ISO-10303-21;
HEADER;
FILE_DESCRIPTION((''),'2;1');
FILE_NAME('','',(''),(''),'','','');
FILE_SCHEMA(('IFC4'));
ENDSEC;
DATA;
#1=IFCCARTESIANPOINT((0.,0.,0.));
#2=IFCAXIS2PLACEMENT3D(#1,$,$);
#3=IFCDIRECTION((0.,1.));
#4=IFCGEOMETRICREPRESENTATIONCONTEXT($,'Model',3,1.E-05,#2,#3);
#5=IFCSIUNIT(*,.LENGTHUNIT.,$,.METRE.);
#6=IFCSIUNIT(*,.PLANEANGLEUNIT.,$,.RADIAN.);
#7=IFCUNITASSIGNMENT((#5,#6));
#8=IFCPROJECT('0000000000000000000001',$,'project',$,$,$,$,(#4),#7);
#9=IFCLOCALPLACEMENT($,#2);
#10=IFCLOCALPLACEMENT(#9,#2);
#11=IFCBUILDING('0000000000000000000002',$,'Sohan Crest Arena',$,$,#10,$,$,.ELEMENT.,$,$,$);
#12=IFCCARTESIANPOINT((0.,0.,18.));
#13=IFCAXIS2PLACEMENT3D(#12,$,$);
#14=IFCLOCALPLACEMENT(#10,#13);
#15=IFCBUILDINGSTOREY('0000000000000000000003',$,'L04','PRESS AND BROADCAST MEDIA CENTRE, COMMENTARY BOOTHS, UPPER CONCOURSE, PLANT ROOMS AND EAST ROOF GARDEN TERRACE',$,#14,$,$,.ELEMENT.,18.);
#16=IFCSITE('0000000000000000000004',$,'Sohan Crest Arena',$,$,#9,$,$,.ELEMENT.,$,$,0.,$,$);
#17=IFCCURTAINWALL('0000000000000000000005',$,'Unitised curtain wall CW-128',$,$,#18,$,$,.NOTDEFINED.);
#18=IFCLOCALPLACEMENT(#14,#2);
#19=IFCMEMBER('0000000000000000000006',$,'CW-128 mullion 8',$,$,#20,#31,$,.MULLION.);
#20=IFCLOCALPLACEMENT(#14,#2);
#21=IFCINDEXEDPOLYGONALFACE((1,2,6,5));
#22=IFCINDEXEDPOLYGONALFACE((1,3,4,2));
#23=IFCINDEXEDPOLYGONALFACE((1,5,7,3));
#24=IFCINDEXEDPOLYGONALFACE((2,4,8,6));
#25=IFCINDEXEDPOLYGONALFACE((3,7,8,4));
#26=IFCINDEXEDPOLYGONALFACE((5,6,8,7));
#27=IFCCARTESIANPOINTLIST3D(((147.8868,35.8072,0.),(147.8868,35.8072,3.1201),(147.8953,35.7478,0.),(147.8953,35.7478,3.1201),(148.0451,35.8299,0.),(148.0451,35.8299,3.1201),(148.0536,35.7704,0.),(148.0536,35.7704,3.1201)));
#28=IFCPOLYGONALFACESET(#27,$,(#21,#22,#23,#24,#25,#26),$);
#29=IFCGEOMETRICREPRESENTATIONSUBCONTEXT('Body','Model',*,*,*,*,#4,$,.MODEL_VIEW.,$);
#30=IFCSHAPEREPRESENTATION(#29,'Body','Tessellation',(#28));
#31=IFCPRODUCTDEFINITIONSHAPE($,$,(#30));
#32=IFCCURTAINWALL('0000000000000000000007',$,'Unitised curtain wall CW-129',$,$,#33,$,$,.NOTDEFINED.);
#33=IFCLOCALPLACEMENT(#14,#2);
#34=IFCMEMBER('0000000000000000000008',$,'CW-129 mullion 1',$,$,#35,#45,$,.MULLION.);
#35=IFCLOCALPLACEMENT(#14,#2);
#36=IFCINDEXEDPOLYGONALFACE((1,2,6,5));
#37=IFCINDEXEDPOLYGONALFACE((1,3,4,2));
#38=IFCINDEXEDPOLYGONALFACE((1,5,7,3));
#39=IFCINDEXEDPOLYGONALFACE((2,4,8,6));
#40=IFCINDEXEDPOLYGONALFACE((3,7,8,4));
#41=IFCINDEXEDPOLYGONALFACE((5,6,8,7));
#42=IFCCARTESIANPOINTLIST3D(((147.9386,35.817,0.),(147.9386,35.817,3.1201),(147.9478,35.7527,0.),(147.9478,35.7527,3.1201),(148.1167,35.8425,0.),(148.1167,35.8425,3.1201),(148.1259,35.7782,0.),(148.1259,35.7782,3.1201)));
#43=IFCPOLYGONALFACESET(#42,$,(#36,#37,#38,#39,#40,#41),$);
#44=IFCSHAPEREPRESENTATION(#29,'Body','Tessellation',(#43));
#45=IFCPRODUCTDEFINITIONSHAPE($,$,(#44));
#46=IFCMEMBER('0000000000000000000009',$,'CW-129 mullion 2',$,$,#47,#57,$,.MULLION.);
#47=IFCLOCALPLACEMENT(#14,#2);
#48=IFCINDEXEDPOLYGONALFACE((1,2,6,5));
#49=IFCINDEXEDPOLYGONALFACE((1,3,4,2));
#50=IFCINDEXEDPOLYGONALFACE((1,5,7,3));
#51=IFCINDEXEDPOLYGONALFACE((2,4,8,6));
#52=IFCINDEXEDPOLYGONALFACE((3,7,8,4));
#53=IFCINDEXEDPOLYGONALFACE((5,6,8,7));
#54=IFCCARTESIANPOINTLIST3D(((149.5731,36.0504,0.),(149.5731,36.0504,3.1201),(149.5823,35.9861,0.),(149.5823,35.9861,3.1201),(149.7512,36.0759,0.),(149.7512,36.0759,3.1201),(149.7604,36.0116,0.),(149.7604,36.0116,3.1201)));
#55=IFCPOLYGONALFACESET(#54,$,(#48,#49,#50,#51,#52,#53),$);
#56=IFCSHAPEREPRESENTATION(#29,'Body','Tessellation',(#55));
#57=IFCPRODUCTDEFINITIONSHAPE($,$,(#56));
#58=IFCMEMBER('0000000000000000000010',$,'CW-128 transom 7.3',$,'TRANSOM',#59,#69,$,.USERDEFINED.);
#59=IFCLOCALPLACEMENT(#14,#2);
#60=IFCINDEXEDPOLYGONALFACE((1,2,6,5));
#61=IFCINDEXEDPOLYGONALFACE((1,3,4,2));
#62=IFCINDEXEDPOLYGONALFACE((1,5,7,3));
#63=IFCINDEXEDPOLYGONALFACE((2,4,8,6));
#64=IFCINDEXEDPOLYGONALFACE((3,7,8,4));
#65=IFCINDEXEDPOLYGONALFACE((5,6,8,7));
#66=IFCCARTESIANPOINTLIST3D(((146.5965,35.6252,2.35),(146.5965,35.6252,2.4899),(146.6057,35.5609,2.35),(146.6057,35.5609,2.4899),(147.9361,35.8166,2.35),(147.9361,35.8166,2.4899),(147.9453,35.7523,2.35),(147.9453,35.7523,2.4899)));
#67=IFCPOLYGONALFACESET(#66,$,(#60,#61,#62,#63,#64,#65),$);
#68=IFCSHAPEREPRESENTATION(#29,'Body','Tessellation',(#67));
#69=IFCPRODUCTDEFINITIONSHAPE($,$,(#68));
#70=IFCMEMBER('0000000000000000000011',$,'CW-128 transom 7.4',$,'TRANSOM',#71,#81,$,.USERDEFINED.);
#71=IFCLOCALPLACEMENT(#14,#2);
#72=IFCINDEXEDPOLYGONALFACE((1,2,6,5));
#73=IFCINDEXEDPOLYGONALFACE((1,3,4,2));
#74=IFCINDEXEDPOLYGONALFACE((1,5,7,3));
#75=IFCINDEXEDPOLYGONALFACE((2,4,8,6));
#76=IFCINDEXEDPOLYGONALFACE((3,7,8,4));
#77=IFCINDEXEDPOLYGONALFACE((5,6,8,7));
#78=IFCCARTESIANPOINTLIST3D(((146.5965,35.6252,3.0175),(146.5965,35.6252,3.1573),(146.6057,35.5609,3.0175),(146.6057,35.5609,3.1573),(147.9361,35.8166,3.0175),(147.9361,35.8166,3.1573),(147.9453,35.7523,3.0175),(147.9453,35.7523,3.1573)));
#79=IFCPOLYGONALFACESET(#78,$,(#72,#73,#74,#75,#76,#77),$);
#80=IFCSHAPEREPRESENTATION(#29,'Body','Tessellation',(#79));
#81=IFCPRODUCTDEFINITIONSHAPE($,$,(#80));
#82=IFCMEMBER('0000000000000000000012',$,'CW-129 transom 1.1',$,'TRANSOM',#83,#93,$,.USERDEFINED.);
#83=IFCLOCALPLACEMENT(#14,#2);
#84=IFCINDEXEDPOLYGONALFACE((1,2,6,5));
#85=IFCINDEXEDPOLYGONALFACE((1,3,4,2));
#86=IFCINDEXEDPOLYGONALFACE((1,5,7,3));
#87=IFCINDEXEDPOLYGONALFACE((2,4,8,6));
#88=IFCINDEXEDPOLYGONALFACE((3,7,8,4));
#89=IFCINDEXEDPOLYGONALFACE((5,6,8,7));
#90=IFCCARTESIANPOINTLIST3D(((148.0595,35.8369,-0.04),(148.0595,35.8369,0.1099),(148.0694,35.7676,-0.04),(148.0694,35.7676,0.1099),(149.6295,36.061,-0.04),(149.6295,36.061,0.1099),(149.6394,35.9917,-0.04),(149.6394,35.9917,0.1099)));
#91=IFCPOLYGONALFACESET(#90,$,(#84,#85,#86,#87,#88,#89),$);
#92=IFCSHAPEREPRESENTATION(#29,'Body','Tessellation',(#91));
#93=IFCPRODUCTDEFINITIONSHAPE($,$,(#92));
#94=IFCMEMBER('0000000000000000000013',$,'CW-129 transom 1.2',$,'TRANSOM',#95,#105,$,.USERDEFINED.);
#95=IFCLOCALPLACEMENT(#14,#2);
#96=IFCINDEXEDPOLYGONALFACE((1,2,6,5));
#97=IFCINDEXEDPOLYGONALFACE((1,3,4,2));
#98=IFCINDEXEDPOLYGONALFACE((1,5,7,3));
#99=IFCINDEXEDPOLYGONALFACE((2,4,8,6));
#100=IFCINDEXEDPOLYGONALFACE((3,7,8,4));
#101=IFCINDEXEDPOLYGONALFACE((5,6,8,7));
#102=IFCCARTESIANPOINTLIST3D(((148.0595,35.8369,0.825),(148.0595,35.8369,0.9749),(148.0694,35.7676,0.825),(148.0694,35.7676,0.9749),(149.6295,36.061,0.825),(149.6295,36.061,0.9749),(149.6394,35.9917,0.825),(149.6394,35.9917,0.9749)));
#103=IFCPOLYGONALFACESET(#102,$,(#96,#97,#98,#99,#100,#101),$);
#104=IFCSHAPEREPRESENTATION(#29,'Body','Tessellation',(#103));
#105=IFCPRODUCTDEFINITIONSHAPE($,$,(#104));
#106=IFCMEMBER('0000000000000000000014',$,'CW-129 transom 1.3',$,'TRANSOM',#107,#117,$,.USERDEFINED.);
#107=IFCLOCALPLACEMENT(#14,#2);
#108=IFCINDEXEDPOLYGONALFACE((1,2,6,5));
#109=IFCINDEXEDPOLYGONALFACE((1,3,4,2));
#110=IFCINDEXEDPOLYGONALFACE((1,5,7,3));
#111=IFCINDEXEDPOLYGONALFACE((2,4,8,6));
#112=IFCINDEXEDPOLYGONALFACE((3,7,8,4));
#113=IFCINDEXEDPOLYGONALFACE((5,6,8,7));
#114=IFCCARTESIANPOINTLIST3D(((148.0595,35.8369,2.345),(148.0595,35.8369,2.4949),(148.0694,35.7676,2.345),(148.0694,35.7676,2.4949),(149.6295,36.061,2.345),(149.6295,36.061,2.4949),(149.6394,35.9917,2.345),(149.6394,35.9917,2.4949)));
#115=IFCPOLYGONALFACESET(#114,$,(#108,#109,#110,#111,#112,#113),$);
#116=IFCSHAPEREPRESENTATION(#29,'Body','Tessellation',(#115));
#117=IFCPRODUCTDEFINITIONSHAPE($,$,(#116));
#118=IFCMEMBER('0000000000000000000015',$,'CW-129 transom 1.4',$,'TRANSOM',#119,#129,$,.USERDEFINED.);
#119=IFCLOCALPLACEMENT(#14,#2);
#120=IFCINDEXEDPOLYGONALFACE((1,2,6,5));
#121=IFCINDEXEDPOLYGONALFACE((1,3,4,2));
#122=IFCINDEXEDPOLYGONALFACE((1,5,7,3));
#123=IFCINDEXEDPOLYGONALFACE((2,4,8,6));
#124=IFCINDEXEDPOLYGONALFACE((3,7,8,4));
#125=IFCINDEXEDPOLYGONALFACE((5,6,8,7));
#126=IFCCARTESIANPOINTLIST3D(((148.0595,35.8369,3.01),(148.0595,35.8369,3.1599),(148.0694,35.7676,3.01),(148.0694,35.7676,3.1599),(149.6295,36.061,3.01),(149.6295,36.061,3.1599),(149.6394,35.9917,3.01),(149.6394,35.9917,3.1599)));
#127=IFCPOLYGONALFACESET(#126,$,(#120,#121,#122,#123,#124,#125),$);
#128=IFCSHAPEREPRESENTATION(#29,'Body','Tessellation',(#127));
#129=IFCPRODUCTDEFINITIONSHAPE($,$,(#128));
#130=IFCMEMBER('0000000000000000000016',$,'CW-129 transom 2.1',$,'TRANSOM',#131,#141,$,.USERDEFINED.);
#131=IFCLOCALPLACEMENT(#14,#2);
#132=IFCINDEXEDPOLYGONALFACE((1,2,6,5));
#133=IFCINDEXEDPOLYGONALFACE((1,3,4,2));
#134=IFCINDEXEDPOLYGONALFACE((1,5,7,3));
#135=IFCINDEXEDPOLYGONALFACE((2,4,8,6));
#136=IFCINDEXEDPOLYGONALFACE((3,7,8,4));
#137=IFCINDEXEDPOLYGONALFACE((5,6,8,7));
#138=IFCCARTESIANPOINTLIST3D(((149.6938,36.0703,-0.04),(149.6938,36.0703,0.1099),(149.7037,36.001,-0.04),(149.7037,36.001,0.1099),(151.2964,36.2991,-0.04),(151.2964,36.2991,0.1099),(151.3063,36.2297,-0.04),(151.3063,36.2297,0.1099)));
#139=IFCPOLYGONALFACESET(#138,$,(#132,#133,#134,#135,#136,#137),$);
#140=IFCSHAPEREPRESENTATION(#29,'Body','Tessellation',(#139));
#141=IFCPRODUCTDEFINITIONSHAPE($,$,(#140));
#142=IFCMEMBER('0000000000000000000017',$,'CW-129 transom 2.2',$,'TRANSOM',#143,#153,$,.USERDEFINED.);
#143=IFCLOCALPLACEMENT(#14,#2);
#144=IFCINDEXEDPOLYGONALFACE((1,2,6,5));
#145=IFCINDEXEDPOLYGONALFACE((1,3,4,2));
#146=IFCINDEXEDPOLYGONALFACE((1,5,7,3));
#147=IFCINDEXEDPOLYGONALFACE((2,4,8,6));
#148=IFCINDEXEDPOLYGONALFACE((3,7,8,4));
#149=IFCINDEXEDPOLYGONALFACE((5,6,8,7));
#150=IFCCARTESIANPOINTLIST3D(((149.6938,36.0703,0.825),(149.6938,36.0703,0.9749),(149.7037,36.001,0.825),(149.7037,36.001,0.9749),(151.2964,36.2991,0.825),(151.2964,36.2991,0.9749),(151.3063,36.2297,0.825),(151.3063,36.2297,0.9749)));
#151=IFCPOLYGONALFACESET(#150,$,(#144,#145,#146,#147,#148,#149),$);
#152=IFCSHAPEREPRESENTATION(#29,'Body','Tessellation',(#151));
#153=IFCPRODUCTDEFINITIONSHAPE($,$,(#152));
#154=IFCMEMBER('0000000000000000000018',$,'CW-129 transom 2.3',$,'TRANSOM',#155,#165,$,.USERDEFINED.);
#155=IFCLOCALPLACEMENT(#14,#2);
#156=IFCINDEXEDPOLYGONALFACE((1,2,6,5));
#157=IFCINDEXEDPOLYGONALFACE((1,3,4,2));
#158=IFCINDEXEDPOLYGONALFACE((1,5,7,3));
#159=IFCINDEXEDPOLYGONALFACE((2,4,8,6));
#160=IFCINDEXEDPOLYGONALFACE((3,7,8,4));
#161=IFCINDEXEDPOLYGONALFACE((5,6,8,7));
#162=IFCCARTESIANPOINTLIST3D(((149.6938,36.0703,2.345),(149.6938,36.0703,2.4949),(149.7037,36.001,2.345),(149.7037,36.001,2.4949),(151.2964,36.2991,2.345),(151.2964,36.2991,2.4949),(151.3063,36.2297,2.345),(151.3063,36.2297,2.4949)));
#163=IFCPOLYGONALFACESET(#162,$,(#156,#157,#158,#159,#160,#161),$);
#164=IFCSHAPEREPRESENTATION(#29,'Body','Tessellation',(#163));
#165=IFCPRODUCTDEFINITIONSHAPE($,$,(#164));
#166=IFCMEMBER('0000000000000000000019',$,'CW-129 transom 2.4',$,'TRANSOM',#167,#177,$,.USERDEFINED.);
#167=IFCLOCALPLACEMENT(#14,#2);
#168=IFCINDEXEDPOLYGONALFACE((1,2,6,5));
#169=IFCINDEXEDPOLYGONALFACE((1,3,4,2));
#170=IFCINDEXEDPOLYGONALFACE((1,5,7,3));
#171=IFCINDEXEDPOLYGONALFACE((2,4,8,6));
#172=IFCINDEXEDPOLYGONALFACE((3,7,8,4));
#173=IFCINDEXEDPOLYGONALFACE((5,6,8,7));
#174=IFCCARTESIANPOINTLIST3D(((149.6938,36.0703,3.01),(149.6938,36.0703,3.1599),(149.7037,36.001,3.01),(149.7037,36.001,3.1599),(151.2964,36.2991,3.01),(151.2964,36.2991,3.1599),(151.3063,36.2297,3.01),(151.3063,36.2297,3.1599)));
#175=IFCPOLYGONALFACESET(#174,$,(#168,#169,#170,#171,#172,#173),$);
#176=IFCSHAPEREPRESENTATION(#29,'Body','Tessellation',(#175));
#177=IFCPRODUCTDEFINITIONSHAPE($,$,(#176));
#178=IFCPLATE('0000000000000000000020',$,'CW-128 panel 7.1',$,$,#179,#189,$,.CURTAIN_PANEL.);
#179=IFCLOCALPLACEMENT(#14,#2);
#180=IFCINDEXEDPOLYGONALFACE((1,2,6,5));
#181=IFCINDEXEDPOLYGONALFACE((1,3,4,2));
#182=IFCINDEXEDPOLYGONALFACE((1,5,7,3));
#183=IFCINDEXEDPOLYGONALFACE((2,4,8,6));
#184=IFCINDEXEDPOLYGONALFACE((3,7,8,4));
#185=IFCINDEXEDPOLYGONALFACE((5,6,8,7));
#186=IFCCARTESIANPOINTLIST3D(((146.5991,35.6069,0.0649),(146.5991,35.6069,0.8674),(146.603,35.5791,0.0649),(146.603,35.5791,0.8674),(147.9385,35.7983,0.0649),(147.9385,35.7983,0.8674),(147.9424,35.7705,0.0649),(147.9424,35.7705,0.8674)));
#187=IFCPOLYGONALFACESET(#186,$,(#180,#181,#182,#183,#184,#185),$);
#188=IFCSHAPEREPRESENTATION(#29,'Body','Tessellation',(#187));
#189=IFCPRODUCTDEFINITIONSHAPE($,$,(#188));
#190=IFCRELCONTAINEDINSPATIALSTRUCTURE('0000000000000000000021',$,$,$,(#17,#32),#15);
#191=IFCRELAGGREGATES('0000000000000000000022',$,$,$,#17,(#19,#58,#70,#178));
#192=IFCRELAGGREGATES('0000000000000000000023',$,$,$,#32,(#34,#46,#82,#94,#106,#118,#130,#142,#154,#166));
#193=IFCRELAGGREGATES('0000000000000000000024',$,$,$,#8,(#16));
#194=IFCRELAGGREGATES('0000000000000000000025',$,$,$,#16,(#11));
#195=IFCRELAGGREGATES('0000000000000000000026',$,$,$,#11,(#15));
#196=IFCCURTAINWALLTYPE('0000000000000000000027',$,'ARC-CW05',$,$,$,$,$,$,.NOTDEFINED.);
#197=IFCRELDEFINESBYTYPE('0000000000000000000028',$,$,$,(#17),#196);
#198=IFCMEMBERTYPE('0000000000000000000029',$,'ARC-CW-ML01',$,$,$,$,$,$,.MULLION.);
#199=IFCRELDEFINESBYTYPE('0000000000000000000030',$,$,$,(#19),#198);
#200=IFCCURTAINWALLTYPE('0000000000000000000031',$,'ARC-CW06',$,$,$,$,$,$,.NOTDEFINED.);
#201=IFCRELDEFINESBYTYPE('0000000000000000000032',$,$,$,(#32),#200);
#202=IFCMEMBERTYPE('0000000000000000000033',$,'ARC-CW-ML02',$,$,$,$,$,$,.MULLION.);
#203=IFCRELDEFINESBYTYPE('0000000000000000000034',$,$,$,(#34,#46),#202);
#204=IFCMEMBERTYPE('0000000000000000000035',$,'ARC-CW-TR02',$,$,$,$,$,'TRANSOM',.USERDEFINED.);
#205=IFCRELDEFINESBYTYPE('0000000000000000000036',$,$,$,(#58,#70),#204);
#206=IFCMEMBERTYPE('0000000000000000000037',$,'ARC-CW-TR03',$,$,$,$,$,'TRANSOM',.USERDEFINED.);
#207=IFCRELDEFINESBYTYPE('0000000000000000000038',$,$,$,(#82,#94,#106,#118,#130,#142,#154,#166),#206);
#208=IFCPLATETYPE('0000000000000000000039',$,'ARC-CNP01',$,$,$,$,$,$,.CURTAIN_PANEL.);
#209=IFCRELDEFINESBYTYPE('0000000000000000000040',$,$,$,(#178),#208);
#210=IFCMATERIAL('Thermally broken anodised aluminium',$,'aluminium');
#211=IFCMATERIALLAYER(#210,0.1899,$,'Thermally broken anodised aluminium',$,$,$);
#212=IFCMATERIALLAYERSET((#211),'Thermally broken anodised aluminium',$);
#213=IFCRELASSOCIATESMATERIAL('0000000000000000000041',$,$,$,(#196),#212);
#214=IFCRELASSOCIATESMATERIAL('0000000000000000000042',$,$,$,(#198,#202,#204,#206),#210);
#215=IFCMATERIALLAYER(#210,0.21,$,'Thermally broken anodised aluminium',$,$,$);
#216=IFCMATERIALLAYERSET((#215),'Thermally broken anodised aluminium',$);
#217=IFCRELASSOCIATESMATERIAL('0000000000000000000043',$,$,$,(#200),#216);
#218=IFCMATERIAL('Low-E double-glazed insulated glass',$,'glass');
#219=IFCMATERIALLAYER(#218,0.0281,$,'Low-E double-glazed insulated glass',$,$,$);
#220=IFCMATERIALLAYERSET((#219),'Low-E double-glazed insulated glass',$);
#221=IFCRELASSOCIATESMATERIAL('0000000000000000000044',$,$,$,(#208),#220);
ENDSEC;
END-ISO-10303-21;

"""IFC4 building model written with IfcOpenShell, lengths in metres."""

from ifc_helpers import new_model, si_unit, direction, frame, origin, origin_2d, place, context, subcontext, project, spatial, rectangle, extrude, material, layer, layer_set, material_profile, profile_set, type_object, element, aggregate, save


model = new_model("IFC4")

# Units and contexts
model_context = context("Model", 3, precision=1e-05, world=origin(), true_north=direction((0.0, 1.0)))
body_context = subcontext(model_context, "Body", "Model", "MODEL_VIEW")
ifc_project = project(units=[si_unit("LENGTHUNIT", "METRE"), si_unit("PLANEANGLEUNIT", "RADIAN")], contexts=[model_context])

# Site, building, storey
site_placement = place(None, origin())
site = spatial("IfcSite", under=ifc_project, at=site_placement, Name="Sohan Crest Arena", CompositionType="ELEMENT", RefElevation=0.0)
building_placement = place(site_placement, origin())
building = spatial("IfcBuilding", under=site, at=building_placement, Name="Sohan Crest Arena", CompositionType="ELEMENT")
storey_placement = place(building_placement, frame((0.0, 0.0, 18.0)))
storey = spatial("IfcBuildingStorey", under=building, at=storey_placement, Name="L04", Description="PRESS AND BROADCAST MEDIA CENTRE, COMMENTARY BOOTHS, UPPER CONCOURSE, PLANT ROOMS AND EAST ROOF GARDEN TERRACE", CompositionType="ELEMENT", Elevation=18.0)

# Curtain wall, member
ifc_material_1 = material(Name="Thermally broken anodised aluminium", Category="aluminium")
ifc_layer_1 = layer(ifc_material_1, 0.1899, Name="Thermally broken anodised aluminium")
ifc_layer_set_1 = layer_set([ifc_layer_1], Name="Thermally broken anodised aluminium")
curtain_wall_type_1 = type_object("IfcCurtainWallType", Name="ARC-CW05", PredefinedType="NOTDEFINED", material=ifc_layer_set_1)
curtain_wall_1_placement = place(storey_placement, origin())
curtain_wall_1 = element("IfcCurtainWall", 1, at=curtain_wall_1_placement, inside=storey, type_object=curtain_wall_type_1, Name="Unitised curtain wall CW-128", PredefinedType="NOTDEFINED")
ifc_material_profile_1 = material_profile(ifc_material_1, rectangle(XDim=0.0601, YDim=0.1599, at=origin_2d()), Name="ALU-MULL 60x160")
ifc_profile_set_1 = profile_set([ifc_material_profile_1], Name="Thermally broken anodised aluminium")
member_type_1 = type_object("IfcMemberType", Name="ARC-CW-ML01", PredefinedType="MULLION", material=ifc_profile_set_1)
member_1_placement = place(storey_placement, frame((147.9702, 35.7888, 0.0), z_axis=(0.0, 0.0, 1.0), x_axis=(-0.141463, 0.989944, 0.0)))
member_1 = element("IfcMember", 2, at=member_1_placement, type_object=member_type_1, Name="CW-128 mullion 8", PredefinedType="MULLION", context=body_context, shape_type="SweptSolid", body=[
    extrude(rectangle(XDim=0.0601, YDim=0.1599, at=origin_2d()), origin(), (0.0, 0.0, 1.0), 3.1201),
])

# Curtain wall, members
ifc_layer_2 = layer(ifc_material_1, 0.21, Name="Thermally broken anodised aluminium")
ifc_layer_set_2 = layer_set([ifc_layer_2], Name="Thermally broken anodised aluminium")
curtain_wall_type_2 = type_object("IfcCurtainWallType", Name="ARC-CW06", PredefinedType="NOTDEFINED", material=ifc_layer_set_2)
curtain_wall_2_placement = place(storey_placement, origin())
curtain_wall_2 = element("IfcCurtainWall", 3, at=curtain_wall_2_placement, inside=storey, type_object=curtain_wall_type_2, Name="Unitised curtain wall CW-129", PredefinedType="NOTDEFINED")
ifc_material_profile_2 = material_profile(ifc_material_1, rectangle(XDim=0.0649, YDim=0.1799, at=origin_2d()), Name="ALU-MULL 65x180")
ifc_profile_set_2 = profile_set([ifc_material_profile_2], Name="Thermally broken anodised aluminium")
member_type_2 = type_object("IfcMemberType", Name="ARC-CW-ML02", PredefinedType="MULLION", material=ifc_profile_set_2)
member_2_placement = place(storey_placement, frame((148.0322, 35.7976, 0.0), z_axis=(0.0, 0.0, 1.0), x_axis=(-0.141366, 0.989957, 0.0)))
member_2 = element("IfcMember", 4, at=member_2_placement, type_object=member_type_2, Name="CW-129 mullion 1", PredefinedType="MULLION", context=body_context, shape_type="SweptSolid", body=[
    extrude(rectangle(XDim=0.0649, YDim=0.1799, at=origin_2d()), origin(), (0.0, 0.0, 1.0), 3.1201),
])
member_3_placement = place(storey_placement, frame((149.6667, 36.031, 0.0), z_axis=(0.0, 0.0, 1.0), x_axis=(-0.141366, 0.989957, 0.0)))
member_3 = element("IfcMember", 5, at=member_3_placement, type_object=member_type_2, Name="CW-129 mullion 2", PredefinedType="MULLION", context=body_context, shape_type="SweptSolid", body=[
    extrude(rectangle(XDim=0.0649, YDim=0.1799, at=origin_2d()), origin(), (0.0, 0.0, 1.0), 3.1201),
])

# Members
ifc_material_profile_3 = material_profile(ifc_material_1, rectangle(XDim=0.0649, YDim=0.1399, at=origin_2d()), Name="ALU-TRAN 65x140")
ifc_profile_set_3 = profile_set([ifc_material_profile_3], Name="Thermally broken anodised aluminium")
member_type_3 = type_object("IfcMemberType", Name="ARC-CW-TR02", ElementType="TRANSOM", PredefinedType="USERDEFINED", material=ifc_profile_set_3)
member_4_placement = place(storey_placement, frame((146.6011, 35.593, 2.4199), z_axis=(0.989946, 0.141447, 0.0), x_axis=(-0.141447, 0.989946, 0.0)))
member_4 = element("IfcMember", 6, at=member_4_placement, type_object=member_type_3, Name="CW-128 transom 7.3", ObjectType="TRANSOM", PredefinedType="USERDEFINED", context=body_context, shape_type="SweptSolid", body=[
    extrude(rectangle(XDim=0.0649, YDim=0.1399, at=origin_2d()), origin(), (0.0, 0.0, 1.0), 1.3533),
])
member_5_placement = place(storey_placement, frame((146.6011, 35.593, 3.0874), z_axis=(0.989946, 0.141447, 0.0), x_axis=(-0.141447, 0.989946, 0.0)))
member_5 = element("IfcMember", 7, at=member_5_placement, type_object=member_type_3, Name="CW-128 transom 7.4", ObjectType="TRANSOM", PredefinedType="USERDEFINED", context=body_context, shape_type="SweptSolid", body=[
    extrude(rectangle(XDim=0.0649, YDim=0.1399, at=origin_2d()), origin(), (0.0, 0.0, 1.0), 1.3533),
])
ifc_material_profile_4 = material_profile(ifc_material_1, rectangle(XDim=0.0701, YDim=0.1499, at=origin_2d()), Name="ALU-TRAN 70x150")
ifc_profile_set_4 = profile_set([ifc_material_profile_4], Name="Thermally broken anodised aluminium")
member_type_4 = type_object("IfcMemberType", Name="ARC-CW-TR03", ElementType="TRANSOM", PredefinedType="USERDEFINED", material=ifc_profile_set_4)
member_6_placement = place(storey_placement, frame((148.0645, 35.8022, 0.0349), z_axis=(0.989965, 0.141314, 0.0), x_axis=(-0.141314, 0.989965, 0.0)))
member_6 = element("IfcMember", 8, at=member_6_placement, type_object=member_type_4, Name="CW-129 transom 1.1", ObjectType="TRANSOM", PredefinedType="USERDEFINED", context=body_context, shape_type="SweptSolid", body=[
    extrude(rectangle(XDim=0.0701, YDim=0.1499, at=origin_2d()), origin(), (0.0, 0.0, 1.0), 1.5859),
])
member_7_placement = place(storey_placement, frame((148.0645, 35.8022, 0.8999), z_axis=(0.989965, 0.141314, 0.0), x_axis=(-0.141314, 0.989965, 0.0)))
member_7 = element("IfcMember", 9, at=member_7_placement, type_object=member_type_4, Name="CW-129 transom 1.2", ObjectType="TRANSOM", PredefinedType="USERDEFINED", context=body_context, shape_type="SweptSolid", body=[
    extrude(rectangle(XDim=0.0701, YDim=0.1499, at=origin_2d()), origin(), (0.0, 0.0, 1.0), 1.5859),
])
member_8_placement = place(storey_placement, frame((148.0645, 35.8022, 2.4199), z_axis=(0.989965, 0.141314, 0.0), x_axis=(-0.141314, 0.989965, 0.0)))
member_8 = element("IfcMember", 10, at=member_8_placement, type_object=member_type_4, Name="CW-129 transom 1.3", ObjectType="TRANSOM", PredefinedType="USERDEFINED", context=body_context, shape_type="SweptSolid", body=[
    extrude(rectangle(XDim=0.0701, YDim=0.1499, at=origin_2d()), origin(), (0.0, 0.0, 1.0), 1.5859),
])
member_9_placement = place(storey_placement, frame((148.0645, 35.8022, 3.085), z_axis=(0.989965, 0.141314, 0.0), x_axis=(-0.141314, 0.989965, 0.0)))
member_9 = element("IfcMember", 11, at=member_9_placement, type_object=member_type_4, Name="CW-129 transom 1.4", ObjectType="TRANSOM", PredefinedType="USERDEFINED", context=body_context, shape_type="SweptSolid", body=[
    extrude(rectangle(XDim=0.0701, YDim=0.1499, at=origin_2d()), origin(), (0.0, 0.0, 1.0), 1.5859),
])
member_10_placement = place(storey_placement, frame((149.6987, 36.0356, 0.0349), z_axis=(0.989965, 0.141316, 0.0), x_axis=(-0.141316, 0.989965, 0.0)))
member_10 = element("IfcMember", 12, at=member_10_placement, type_object=member_type_4, Name="CW-129 transom 2.1", ObjectType="TRANSOM", PredefinedType="USERDEFINED", context=body_context, shape_type="SweptSolid", body=[
    extrude(rectangle(XDim=0.0701, YDim=0.1499, at=origin_2d()), origin(), (0.0, 0.0, 1.0), 1.6189),
])
member_11_placement = place(storey_placement, frame((149.6987, 36.0356, 0.8999), z_axis=(0.989965, 0.141316, 0.0), x_axis=(-0.141316, 0.989965, 0.0)))
member_11 = element("IfcMember", 13, at=member_11_placement, type_object=member_type_4, Name="CW-129 transom 2.2", ObjectType="TRANSOM", PredefinedType="USERDEFINED", context=body_context, shape_type="SweptSolid", body=[
    extrude(rectangle(XDim=0.0701, YDim=0.1499, at=origin_2d()), origin(), (0.0, 0.0, 1.0), 1.6189),
])
member_12_placement = place(storey_placement, frame((149.6987, 36.0356, 2.4199), z_axis=(0.989965, 0.141316, 0.0), x_axis=(-0.141316, 0.989965, 0.0)))
member_12 = element("IfcMember", 14, at=member_12_placement, type_object=member_type_4, Name="CW-129 transom 2.3", ObjectType="TRANSOM", PredefinedType="USERDEFINED", context=body_context, shape_type="SweptSolid", body=[
    extrude(rectangle(XDim=0.0701, YDim=0.1499, at=origin_2d()), origin(), (0.0, 0.0, 1.0), 1.6189),
])
member_13_placement = place(storey_placement, frame((149.6987, 36.0356, 3.085), z_axis=(0.989965, 0.141316, 0.0), x_axis=(-0.141316, 0.989965, 0.0)))
member_13 = element("IfcMember", 15, at=member_13_placement, type_object=member_type_4, Name="CW-129 transom 2.4", ObjectType="TRANSOM", PredefinedType="USERDEFINED", context=body_context, shape_type="SweptSolid", body=[
    extrude(rectangle(XDim=0.0701, YDim=0.1499, at=origin_2d()), origin(), (0.0, 0.0, 1.0), 1.6189),
])

# Plate
ifc_material_2 = material(Name="Low-E double-glazed insulated glass", Category="glass")
ifc_layer_3 = layer(ifc_material_2, 0.0281, Name="Low-E double-glazed insulated glass")
ifc_layer_set_3 = layer_set([ifc_layer_3], Name="Low-E double-glazed insulated glass")
plate_type_1 = type_object("IfcPlateType", Name="ARC-CNP01", PredefinedType="CURTAIN_PANEL", material=ifc_layer_set_3)
plate_1_placement = place(storey_placement, frame((147.2708, 35.6887, 0.0649), z_axis=(0.0, 0.0, 1.0), x_axis=(0.989944, 0.141463, 0.0)))
plate_1 = element("IfcPlate", 16, at=plate_1_placement, type_object=plate_type_1, Name="CW-128 panel 7.1", PredefinedType="CURTAIN_PANEL", context=body_context, shape_type="SweptSolid", body=[
    extrude(rectangle(XDim=1.353, YDim=0.0281, at=origin_2d()), origin(), (0.0, 0.0, 1.0), 0.8025),
])
aggregate(curtain_wall_1, [member_1, member_4, member_5, plate_1])
aggregate(curtain_wall_2, [member_2, member_3, member_6, member_7, member_8, member_9, member_10, member_11, member_12, member_13])

save(model, "model.ifc")
